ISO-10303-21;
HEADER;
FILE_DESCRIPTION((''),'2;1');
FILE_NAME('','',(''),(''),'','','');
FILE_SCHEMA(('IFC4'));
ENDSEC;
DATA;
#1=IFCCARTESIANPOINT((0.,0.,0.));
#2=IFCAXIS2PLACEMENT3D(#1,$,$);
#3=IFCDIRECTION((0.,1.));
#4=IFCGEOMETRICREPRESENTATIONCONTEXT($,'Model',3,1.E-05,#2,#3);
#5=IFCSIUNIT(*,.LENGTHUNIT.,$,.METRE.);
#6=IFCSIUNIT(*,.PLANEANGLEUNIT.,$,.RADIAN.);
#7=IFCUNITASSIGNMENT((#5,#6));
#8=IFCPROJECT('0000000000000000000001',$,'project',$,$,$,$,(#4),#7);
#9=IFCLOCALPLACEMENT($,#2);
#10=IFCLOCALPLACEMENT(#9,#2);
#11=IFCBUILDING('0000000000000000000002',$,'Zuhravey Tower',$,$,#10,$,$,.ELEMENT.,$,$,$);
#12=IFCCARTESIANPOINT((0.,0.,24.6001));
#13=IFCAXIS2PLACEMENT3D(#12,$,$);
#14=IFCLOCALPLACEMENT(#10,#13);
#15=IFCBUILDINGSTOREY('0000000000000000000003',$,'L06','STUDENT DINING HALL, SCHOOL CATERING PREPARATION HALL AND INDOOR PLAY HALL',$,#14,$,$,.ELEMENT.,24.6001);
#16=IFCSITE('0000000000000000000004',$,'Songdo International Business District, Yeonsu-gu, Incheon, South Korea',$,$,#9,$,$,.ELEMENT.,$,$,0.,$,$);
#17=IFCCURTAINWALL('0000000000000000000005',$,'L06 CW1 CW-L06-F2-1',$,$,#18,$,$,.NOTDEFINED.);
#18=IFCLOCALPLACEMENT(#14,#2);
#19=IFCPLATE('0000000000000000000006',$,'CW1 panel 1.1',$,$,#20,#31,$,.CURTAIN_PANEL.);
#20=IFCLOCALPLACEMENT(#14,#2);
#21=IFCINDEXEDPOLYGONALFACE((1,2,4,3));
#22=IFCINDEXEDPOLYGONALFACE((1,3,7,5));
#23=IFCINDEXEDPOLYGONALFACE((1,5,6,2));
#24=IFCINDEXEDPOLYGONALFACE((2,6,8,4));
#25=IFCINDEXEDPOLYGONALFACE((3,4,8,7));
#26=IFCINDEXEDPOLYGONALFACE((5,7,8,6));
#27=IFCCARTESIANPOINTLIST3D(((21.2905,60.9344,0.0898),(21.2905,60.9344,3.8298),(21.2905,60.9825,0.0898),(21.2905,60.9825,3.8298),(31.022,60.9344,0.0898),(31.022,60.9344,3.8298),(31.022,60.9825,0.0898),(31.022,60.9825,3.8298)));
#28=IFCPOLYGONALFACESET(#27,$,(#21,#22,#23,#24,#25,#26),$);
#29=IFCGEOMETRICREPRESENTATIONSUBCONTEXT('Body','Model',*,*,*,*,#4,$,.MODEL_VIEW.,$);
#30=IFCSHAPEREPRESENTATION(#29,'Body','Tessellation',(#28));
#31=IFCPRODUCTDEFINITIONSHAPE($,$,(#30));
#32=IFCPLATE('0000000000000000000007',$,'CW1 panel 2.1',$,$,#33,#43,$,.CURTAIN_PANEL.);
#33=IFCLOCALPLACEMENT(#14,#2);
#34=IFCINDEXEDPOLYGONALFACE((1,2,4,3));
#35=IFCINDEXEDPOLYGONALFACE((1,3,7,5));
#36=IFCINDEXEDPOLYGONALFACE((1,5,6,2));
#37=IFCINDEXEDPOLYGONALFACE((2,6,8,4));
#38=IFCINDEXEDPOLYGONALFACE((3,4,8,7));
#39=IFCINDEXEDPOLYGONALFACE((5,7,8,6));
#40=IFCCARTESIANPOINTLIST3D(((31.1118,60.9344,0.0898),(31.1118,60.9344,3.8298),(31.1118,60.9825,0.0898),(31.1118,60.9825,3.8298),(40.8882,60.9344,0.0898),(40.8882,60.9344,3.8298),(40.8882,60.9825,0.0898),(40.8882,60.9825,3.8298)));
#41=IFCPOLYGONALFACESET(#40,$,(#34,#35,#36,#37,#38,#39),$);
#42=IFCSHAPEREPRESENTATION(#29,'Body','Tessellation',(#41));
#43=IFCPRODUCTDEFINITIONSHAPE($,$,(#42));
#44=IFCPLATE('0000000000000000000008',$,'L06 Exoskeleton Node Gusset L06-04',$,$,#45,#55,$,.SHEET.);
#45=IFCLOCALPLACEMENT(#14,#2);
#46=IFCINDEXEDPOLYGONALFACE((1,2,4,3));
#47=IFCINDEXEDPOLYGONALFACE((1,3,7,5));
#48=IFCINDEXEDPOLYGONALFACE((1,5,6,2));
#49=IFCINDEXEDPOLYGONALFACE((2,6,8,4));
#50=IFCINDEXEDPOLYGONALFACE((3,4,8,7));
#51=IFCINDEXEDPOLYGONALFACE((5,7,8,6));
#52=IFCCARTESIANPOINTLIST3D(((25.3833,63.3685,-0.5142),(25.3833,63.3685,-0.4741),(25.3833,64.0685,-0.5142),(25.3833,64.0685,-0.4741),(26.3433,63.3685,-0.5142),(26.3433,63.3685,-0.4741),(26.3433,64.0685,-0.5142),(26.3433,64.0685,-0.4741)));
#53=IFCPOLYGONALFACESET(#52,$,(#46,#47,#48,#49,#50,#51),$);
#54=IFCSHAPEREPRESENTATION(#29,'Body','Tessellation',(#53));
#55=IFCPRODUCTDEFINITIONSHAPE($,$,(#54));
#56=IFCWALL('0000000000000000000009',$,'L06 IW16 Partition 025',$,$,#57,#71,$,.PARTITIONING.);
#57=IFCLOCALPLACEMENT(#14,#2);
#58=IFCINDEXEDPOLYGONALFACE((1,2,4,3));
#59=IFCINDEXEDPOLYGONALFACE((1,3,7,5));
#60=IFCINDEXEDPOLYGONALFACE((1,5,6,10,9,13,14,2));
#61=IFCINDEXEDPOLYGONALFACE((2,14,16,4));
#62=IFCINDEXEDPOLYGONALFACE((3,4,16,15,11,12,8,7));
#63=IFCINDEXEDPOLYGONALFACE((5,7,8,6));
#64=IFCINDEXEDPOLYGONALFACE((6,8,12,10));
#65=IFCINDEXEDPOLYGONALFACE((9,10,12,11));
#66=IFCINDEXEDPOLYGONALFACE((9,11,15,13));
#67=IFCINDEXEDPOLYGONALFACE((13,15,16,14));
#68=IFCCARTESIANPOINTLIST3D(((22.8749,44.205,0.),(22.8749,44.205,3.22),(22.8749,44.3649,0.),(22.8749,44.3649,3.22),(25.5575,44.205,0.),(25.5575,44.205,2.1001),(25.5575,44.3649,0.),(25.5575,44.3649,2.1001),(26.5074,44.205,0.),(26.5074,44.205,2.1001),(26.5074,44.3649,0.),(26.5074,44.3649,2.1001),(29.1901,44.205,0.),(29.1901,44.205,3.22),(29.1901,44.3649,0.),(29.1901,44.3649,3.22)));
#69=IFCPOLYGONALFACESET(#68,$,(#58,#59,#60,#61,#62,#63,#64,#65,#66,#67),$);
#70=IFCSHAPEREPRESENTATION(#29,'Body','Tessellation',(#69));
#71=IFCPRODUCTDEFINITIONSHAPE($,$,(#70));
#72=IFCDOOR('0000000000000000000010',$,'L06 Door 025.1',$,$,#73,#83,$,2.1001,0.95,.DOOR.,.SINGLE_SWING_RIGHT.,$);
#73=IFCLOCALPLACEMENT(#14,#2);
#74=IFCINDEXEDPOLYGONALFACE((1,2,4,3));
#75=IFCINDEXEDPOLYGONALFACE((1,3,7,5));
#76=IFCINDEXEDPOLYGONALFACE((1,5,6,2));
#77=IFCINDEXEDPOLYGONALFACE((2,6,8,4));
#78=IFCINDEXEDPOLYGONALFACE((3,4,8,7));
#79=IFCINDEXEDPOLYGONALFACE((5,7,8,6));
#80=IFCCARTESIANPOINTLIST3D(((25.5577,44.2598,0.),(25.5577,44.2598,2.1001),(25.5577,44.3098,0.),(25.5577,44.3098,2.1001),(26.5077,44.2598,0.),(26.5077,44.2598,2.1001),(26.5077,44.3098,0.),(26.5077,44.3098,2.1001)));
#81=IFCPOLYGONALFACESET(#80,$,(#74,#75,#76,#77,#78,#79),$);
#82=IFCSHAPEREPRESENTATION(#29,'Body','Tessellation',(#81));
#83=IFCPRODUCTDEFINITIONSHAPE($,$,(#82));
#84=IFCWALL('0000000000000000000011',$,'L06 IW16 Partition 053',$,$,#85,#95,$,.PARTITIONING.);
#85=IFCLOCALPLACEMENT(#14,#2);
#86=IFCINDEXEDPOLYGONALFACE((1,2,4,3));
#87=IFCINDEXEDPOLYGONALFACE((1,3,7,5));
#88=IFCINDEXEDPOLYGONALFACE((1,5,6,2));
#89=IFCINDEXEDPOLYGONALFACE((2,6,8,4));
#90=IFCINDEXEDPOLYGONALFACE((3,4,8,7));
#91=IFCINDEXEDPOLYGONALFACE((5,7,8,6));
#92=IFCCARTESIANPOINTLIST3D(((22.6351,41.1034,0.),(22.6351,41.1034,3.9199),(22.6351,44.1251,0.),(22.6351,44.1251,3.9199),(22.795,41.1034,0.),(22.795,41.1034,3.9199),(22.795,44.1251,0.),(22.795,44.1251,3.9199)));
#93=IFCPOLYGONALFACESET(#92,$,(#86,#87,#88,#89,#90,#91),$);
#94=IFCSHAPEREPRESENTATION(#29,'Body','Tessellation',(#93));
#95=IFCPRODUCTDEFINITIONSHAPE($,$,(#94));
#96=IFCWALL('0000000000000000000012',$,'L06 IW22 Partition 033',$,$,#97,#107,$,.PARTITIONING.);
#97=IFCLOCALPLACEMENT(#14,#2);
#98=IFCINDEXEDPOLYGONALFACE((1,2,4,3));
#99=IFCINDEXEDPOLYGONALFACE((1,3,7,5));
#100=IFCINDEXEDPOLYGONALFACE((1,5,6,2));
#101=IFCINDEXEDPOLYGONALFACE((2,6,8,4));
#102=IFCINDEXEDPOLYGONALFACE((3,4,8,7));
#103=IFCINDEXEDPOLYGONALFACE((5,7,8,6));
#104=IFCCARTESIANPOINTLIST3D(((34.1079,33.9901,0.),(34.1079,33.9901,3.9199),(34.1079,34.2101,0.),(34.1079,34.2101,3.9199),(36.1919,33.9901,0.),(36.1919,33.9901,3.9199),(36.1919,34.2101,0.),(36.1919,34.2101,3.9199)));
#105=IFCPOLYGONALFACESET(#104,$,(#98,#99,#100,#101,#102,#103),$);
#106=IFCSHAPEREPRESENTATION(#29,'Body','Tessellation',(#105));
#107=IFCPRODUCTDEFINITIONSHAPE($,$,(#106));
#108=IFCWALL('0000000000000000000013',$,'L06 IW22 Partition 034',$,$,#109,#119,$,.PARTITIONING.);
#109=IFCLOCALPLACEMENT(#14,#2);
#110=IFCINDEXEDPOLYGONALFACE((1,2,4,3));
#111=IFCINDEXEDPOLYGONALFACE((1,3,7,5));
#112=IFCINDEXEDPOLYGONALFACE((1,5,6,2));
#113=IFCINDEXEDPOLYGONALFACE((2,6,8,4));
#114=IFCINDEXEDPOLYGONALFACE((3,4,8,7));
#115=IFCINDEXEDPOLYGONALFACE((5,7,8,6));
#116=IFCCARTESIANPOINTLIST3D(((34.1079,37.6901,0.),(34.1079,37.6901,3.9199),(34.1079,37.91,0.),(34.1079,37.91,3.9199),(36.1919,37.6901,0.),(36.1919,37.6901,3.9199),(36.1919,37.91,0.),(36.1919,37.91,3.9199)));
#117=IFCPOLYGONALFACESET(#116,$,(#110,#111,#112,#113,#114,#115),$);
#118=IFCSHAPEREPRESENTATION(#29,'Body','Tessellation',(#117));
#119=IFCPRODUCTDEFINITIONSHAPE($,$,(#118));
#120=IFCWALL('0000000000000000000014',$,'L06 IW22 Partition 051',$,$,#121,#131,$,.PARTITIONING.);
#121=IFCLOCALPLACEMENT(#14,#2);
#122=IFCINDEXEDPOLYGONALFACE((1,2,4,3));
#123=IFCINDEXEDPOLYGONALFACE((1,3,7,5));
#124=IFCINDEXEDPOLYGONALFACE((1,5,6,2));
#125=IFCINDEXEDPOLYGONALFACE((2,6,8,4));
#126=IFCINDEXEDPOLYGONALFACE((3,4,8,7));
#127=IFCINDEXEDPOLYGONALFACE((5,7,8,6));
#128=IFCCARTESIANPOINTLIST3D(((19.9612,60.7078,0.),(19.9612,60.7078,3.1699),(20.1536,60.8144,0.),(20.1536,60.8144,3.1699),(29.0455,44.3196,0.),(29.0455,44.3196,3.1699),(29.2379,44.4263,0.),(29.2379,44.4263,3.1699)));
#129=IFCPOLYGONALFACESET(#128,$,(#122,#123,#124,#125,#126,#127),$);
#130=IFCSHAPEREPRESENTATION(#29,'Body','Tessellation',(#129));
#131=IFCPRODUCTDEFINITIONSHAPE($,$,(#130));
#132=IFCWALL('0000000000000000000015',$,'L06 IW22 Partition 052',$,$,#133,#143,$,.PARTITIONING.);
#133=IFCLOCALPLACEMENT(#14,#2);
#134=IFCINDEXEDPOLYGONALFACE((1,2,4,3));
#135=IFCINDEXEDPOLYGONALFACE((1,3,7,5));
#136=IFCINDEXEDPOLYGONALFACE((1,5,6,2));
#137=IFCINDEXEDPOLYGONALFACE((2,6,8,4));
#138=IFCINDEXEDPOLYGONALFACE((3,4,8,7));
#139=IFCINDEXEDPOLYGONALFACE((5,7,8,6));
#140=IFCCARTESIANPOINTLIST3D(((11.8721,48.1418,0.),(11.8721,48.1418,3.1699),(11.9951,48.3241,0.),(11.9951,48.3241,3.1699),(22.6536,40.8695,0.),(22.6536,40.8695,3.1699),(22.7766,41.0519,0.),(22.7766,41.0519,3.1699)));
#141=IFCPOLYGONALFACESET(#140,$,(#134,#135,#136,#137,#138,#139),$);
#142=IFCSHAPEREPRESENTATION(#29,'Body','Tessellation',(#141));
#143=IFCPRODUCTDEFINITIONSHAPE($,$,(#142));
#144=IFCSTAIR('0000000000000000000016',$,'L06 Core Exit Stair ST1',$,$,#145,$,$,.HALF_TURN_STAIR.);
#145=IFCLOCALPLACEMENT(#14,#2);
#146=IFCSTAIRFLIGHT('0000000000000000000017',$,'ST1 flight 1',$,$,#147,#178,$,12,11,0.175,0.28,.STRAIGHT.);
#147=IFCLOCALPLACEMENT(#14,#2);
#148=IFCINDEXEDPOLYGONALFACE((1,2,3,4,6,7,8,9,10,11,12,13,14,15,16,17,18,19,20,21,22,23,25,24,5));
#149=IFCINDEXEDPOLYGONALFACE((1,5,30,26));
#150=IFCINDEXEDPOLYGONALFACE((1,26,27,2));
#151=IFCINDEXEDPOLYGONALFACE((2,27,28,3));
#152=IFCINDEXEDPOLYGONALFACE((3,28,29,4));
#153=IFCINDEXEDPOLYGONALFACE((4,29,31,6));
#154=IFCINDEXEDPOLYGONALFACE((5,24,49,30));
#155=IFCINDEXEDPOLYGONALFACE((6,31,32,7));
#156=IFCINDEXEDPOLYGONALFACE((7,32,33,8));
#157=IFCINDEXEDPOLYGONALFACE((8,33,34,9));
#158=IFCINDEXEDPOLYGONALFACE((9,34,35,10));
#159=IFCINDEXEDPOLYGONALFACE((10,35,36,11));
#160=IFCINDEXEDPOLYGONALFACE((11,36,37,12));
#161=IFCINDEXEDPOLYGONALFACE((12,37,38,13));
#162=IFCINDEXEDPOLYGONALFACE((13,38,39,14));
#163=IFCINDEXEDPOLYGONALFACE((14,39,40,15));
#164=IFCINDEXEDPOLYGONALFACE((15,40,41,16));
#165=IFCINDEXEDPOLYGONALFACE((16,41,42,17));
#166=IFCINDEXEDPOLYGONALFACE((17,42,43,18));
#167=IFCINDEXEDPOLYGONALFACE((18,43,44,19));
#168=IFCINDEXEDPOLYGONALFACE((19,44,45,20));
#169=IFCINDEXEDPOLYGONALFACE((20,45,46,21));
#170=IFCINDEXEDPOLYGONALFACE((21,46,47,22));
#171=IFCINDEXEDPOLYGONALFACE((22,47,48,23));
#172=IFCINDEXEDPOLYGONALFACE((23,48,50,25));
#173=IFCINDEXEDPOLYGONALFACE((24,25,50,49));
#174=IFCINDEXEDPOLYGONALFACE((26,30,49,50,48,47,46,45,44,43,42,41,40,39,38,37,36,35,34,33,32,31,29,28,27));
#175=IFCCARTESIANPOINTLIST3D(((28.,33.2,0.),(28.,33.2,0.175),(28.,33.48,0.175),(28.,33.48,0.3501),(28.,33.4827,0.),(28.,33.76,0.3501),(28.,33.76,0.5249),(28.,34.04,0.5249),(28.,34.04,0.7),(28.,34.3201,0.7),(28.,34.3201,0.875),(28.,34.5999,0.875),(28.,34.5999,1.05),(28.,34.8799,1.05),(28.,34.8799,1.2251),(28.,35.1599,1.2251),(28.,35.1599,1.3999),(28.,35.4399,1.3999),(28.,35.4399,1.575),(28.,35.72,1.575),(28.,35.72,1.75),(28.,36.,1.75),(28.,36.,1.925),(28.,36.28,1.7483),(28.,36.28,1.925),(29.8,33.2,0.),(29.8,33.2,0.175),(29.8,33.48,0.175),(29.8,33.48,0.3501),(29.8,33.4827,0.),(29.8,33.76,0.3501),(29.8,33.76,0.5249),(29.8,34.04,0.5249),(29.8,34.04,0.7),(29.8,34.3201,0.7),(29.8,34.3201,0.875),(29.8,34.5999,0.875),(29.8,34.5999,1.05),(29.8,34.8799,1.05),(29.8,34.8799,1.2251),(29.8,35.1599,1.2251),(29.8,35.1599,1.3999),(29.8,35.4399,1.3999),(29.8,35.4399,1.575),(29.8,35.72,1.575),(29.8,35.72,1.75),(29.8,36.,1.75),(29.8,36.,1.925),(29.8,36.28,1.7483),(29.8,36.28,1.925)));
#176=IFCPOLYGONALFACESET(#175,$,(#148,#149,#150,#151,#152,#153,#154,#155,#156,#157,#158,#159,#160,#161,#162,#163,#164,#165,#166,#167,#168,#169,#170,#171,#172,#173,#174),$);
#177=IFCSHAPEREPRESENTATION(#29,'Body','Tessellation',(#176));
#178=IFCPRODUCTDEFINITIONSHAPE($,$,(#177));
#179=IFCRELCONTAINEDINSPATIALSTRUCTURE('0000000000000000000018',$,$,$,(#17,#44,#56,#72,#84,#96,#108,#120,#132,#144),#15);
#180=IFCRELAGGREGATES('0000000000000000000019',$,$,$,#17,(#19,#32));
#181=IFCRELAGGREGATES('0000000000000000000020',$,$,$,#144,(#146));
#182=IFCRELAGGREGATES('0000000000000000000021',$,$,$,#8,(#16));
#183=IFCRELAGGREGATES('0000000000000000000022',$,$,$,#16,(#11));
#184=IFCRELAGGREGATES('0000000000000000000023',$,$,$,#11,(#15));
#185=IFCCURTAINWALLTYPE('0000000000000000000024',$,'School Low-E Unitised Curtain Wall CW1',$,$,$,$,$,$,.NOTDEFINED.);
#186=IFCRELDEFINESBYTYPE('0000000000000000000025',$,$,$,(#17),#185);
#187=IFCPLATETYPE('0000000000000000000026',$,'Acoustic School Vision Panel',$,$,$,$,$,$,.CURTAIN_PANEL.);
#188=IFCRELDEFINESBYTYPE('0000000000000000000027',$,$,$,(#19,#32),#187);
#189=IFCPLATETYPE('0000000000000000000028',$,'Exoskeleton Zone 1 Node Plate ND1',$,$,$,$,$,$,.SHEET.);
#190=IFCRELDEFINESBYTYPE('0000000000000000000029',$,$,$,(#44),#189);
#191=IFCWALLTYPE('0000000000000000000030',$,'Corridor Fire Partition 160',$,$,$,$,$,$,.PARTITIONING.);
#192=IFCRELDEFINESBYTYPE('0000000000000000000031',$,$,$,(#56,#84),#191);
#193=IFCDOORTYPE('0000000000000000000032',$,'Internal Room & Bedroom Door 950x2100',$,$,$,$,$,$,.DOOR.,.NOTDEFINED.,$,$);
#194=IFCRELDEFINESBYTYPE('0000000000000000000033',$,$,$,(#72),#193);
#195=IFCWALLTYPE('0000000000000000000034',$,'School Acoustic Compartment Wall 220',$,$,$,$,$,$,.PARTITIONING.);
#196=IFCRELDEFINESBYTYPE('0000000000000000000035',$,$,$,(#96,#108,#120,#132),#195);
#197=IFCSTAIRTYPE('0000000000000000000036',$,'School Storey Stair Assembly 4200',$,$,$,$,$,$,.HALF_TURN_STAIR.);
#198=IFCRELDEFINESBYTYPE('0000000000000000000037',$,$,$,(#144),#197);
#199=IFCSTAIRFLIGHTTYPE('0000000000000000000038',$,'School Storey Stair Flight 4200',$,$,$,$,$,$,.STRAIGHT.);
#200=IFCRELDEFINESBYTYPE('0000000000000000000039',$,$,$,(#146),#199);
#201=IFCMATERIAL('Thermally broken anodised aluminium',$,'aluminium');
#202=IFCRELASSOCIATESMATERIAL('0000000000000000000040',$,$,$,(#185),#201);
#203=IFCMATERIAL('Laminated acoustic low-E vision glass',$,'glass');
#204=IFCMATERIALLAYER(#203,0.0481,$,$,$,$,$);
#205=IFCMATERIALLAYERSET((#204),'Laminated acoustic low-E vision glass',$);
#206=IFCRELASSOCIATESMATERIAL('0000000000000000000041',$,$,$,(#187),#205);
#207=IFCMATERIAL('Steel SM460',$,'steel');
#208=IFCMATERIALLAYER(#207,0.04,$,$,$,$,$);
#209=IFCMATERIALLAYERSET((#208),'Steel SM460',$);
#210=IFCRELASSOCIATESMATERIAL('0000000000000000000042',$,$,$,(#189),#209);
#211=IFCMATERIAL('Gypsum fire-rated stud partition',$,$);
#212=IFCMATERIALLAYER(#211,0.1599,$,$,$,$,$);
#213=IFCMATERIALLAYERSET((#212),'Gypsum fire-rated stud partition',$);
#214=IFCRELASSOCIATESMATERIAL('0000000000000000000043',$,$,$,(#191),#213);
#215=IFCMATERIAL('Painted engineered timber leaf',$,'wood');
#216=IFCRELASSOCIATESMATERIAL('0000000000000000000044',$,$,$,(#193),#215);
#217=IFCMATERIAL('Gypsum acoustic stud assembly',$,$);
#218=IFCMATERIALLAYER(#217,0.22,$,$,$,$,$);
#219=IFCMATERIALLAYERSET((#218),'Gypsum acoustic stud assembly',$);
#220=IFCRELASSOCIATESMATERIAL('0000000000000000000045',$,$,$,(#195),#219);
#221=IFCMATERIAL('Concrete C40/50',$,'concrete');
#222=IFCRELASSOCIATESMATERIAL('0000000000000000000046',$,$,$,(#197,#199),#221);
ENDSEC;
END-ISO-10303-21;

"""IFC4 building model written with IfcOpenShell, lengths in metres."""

from ifc_helpers import new_model, si_unit, direction, frame, frame_2d, origin, origin_2d, place, context, subcontext, project, spatial, polyline, rectangle, outline, extrude, material, layer, layer_set, type_object, element, fill, aggregate, save


model = new_model("IFC4")

# Units and contexts
model_context = context("Model", 3, precision=1e-05, world=origin(), true_north=direction((0.0, 1.0)))
body_context = subcontext(model_context, "Body", "Model", "MODEL_VIEW")
ifc_project = project(units=[si_unit("LENGTHUNIT", "METRE"), si_unit("PLANEANGLEUNIT", "RADIAN")], contexts=[model_context])

# Site, building, storey
site_placement = place(None, origin())
site = spatial("IfcSite", under=ifc_project, at=site_placement, Name="Songdo International Business District, Yeonsu-gu, Incheon, South Korea", CompositionType="ELEMENT", RefElevation=0.0)
building_placement = place(site_placement, origin())
building = spatial("IfcBuilding", under=site, at=building_placement, Name="Zuhravey Tower", CompositionType="ELEMENT")
storey_placement = place(building_placement, frame((0.0, 0.0, 24.6001)))
storey = spatial("IfcBuildingStorey", under=building, at=storey_placement, Name="L06", Description="STUDENT DINING HALL, SCHOOL CATERING PREPARATION HALL AND INDOOR PLAY HALL", CompositionType="ELEMENT", Elevation=24.6001)

# Curtain wall
ifc_material_1 = material(Name="Thermally broken anodised aluminium", Category="aluminium")
curtain_wall_type = type_object("IfcCurtainWallType", Name="School Low-E Unitised Curtain Wall CW1", PredefinedType="NOTDEFINED", material=ifc_material_1)
curtain_wall_placement = place(storey_placement, origin())
curtain_wall = element("IfcCurtainWall", 1, at=curtain_wall_placement, inside=storey, type_object=curtain_wall_type, Name="L06 CW1 CW-L06-F2-1", PredefinedType="NOTDEFINED")

# Shared definitions
ifc_material_2 = material(Name="Steel SM460", Category="steel")

# Plates
ifc_material_3 = material(Name="Laminated acoustic low-E vision glass", Category="glass")
ifc_layer_1 = layer(ifc_material_3, 0.0481)
ifc_layer_set_1 = layer_set([ifc_layer_1], Name="Laminated acoustic low-E vision glass")
plate_type_1 = type_object("IfcPlateType", Name="Acoustic School Vision Panel", PredefinedType="CURTAIN_PANEL", material=ifc_layer_set_1)
plate_1_placement = place(storey_placement, frame((26.1562, 60.9585, 0.0898), z_axis=(0.0, 0.0, 1.0), x_axis=(1.0, 0.0, 0.0)))
plate_1 = element("IfcPlate", 2, at=plate_1_placement, type_object=plate_type_1, Name="CW1 panel 1.1", PredefinedType="CURTAIN_PANEL", context=body_context, shape_type="SweptSolid", body=[
    extrude(rectangle(XDim=9.7314, YDim=0.0481, at=origin_2d()), origin(), (0.0, 0.0, 1.0), 3.74),
])
plate_2_placement = place(storey_placement, frame((36.0, 60.9585, 0.0898), z_axis=(0.0, 0.0, 1.0), x_axis=(1.0, 0.0, 0.0)))
plate_2 = element("IfcPlate", 3, at=plate_2_placement, type_object=plate_type_1, Name="CW1 panel 2.1", PredefinedType="CURTAIN_PANEL", context=body_context, shape_type="SweptSolid", body=[
    extrude(rectangle(XDim=9.7764, YDim=0.0481, at=origin_2d()), origin(), (0.0, 0.0, 1.0), 3.74),
])
aggregate(curtain_wall, [plate_1, plate_2])
ifc_layer_2 = layer(ifc_material_2, 0.04)
ifc_layer_set_2 = layer_set([ifc_layer_2], Name="Steel SM460")
plate_type_2 = type_object("IfcPlateType", Name="Exoskeleton Zone 1 Node Plate ND1", PredefinedType="SHEET", material=ifc_layer_set_2)
plate_3_placement = place(storey_placement, frame((25.8633, 63.7185, -0.5142), z_axis=(0.0, 0.0, 1.0), x_axis=(-1.0, 0.0, 0.0)))
element("IfcPlate", 4, at=plate_3_placement, inside=storey, type_object=plate_type_2, Name="L06 Exoskeleton Node Gusset L06-04", PredefinedType="SHEET", context=body_context, shape_type="SweptSolid", body=[
    extrude(rectangle(XDim=0.96, YDim=0.7, at=origin_2d()), origin(), (0.0, 0.0, 1.0), 0.04),
])

# Wall, opening, door
ifc_material_4 = material(Name="Gypsum fire-rated stud partition")
ifc_layer_3 = layer(ifc_material_4, 0.1599)
ifc_layer_set_3 = layer_set([ifc_layer_3], Name="Gypsum fire-rated stud partition")
wall_type_1 = type_object("IfcWallType", Name="Corridor Fire Partition 160", PredefinedType="PARTITIONING", material=ifc_layer_set_3)
wall_1_placement = place(storey_placement, frame((29.1902, 44.2849, 0.0), z_axis=(0.0, 0.0, 1.0), x_axis=(-1.0, 0.0, 0.0)))
wall_1 = element("IfcWall", 5, at=wall_1_placement, inside=storey, type_object=wall_type_1, Name="L06 IW16 Partition 025", PredefinedType="PARTITIONING", context=body_context, shape_type="SweptSolid", body=[
    extrude(rectangle(XDim=6.3152, YDim=0.1599, at=frame_2d((3.1577, 0.0))), origin(), (0.0, 0.0, 1.0), 3.22),
])
opening_placement = place(wall_1_placement, frame((2.6826, 0.0, 0.0)))
opening = element("IfcOpeningElement", 6, at=opening_placement, cuts=wall_1, PredefinedType="OPENING", context=body_context, shape_type="SweptSolid", body=[
    extrude(rectangle(XDim=0.95, YDim=2.1001, at=frame_2d((0.4751, 1.05))), frame((0.0, 0.092, 0.0), z_axis=(0.0, -1.0, 0.0), x_axis=(1.0, 0.0, 0.0)), (0.0, 0.0, 1.0), 0.1838),
])
ifc_material_5 = material(Name="Painted engineered timber leaf", Category="wood")
door_type = type_object("IfcDoorType", Name="Internal Room & Bedroom Door 950x2100", OperationType="NOTDEFINED", PredefinedType="DOOR", material=ifc_material_5)
door_placement = place(opening_placement, frame((0.95, 0.0, 0.0), z_axis=(0.0, 0.0, 1.0), x_axis=(-1.0, 0.0, 0.0)))
door = element("IfcDoor", 7, at=door_placement, inside=storey, type_object=door_type, Name="L06 Door 025.1", OperationType="SINGLE_SWING_RIGHT", OverallHeight=2.1001, OverallWidth=0.95, PredefinedType="DOOR", context=body_context, shape_type="SweptSolid", body=[
    extrude(rectangle(XDim=0.95, YDim=2.1001, at=frame_2d((0.4751, 1.05))), frame((0.0, 0.0249, 0.0), z_axis=(0.0, -1.0, 0.0), x_axis=(1.0, 0.0, 0.0)), (0.0, 0.0, 1.0), 0.05),
])
fill(opening, door)

# Walls
wall_2_placement = place(storey_placement, frame((22.7151, 44.125, 0.0), z_axis=(0.0, 0.0, 1.0), x_axis=(0.0, -1.0, 0.0)))
element("IfcWall", 8, at=wall_2_placement, inside=storey, type_object=wall_type_1, Name="L06 IW16 Partition 053", PredefinedType="PARTITIONING", context=body_context, shape_type="SweptSolid", body=[
    extrude(rectangle(XDim=3.0217, YDim=0.1599, at=frame_2d((1.5107, 0.0))), origin(), (0.0, 0.0, 1.0), 3.9199),
])
ifc_material_6 = material(Name="Gypsum acoustic stud assembly")
ifc_layer_4 = layer(ifc_material_6, 0.22)
ifc_layer_set_4 = layer_set([ifc_layer_4], Name="Gypsum acoustic stud assembly")
wall_type_2 = type_object("IfcWallType", Name="School Acoustic Compartment Wall 220", PredefinedType="PARTITIONING", material=ifc_layer_set_4)
for number, where, z_axis, x_axis, name in (
    (9, (34.1079, 34.1001, 0.0), (0.0, 0.0, 1.0), (1.0, 0.0, 0.0), "L06 IW22 Partition 033"),
    (10, (34.1079, 37.8, 0.0), (0.0, 0.0, 1.0), (1.0, 0.0, 0.0), "L06 IW22 Partition 034"),
):
    element("IfcWall", number, at=place(storey_placement, frame(where, z_axis=z_axis, x_axis=x_axis)), inside=storey, type_object=wall_type_2, Name=name, PredefinedType="PARTITIONING", context=body_context, shape_type="SweptSolid", body=[
        extrude(rectangle(XDim=2.084, YDim=0.22, at=frame_2d((1.042, 0.0))), origin(), (0.0, 0.0, 1.0), 3.9199),
    ])
wall_3_placement = place(storey_placement, frame((29.1416, 44.373, 0.0), z_axis=(0.0, 0.0, 1.0), x_axis=(-0.484814, 0.874617, 0.0)))
element("IfcWall", 11, at=wall_3_placement, inside=storey, type_object=wall_type_2, Name="L06 IW22 Partition 051", PredefinedType="PARTITIONING", context=body_context, shape_type="SweptSolid", body=[
    extrude(rectangle(XDim=18.7375, YDim=0.22, at=frame_2d((9.3687, 0.0))), origin(), (0.0, 0.0, 1.0), 3.1699),
])
wall_4_placement = place(storey_placement, frame((22.7151, 40.9607, 0.0), z_axis=(0.0, 0.0, 1.0), x_axis=(-0.829037, 0.559193, 0.0)))
element("IfcWall", 12, at=wall_4_placement, inside=storey, type_object=wall_type_2, Name="L06 IW22 Partition 052", PredefinedType="PARTITIONING", context=body_context, shape_type="SweptSolid", body=[
    extrude(rectangle(XDim=13.0049, YDim=0.22, at=frame_2d((6.5024, 0.0))), origin(), (0.0, 0.0, 1.0), 3.1699),
])

# Stair, stair flight
ifc_material_7 = material(Name="Concrete C40/50", Category="concrete")
stair_type = type_object("IfcStairType", Name="School Storey Stair Assembly 4200", PredefinedType="HALF_TURN_STAIR", material=ifc_material_7)
stair_1_placement = place(storey_placement, origin())
stair_1 = element("IfcStair", 13, at=stair_1_placement, inside=storey, type_object=stair_type, Name="L06 Core Exit Stair ST1", PredefinedType="HALF_TURN_STAIR")
stair_flight_type = type_object("IfcStairFlightType", Name="School Storey Stair Flight 4200", PredefinedType="STRAIGHT", material=ifc_material_7)
stair_flight_1_placement = place(storey_placement, frame((28.8999, 33.2, 0.0), z_axis=(0.0, 0.0, 1.0), x_axis=(0.0, 1.0, 0.0)))
stair_flight_1 = element("IfcStairFlight", 14, at=stair_flight_1_placement, type_object=stair_flight_type, Name="ST1 flight 1", NumberOfRisers=12, NumberOfTreads=11, PredefinedType="STRAIGHT", RiserHeight=0.175, TreadLength=0.28, context=body_context, shape_type="SweptSolid", body=[
    extrude(outline(polyline([(0.0, 0.0), (0.0, 0.175), (0.28, 0.175), (0.28, 0.3501), (0.5601, 0.3501), (0.5601, 0.5249), (0.8401, 0.5249), (0.8401, 0.7), (1.1201, 0.7), (1.1201, 0.875), (1.3999, 0.875), (1.3999, 1.05), (1.6799, 1.05), (1.6799, 1.2251), (1.96, 1.2251), (1.96, 1.3999), (2.24, 1.3999), (2.24, 1.575), (2.52, 1.575), (2.52, 1.75), (2.8, 1.75), (2.8, 1.925), (3.0801, 1.925), (3.0801, 2.1001), (3.0801, 1.7483), (0.2827, 0.0), (0.0, 0.0)])), frame((0.0, 0.8999, 0.0), z_axis=(0.0, -1.0, 0.0), x_axis=(1.0, 0.0, 0.0)), (0.0, 0.0, 1.0), 1.8),
])
aggregate(stair_1, [stair_flight_1])

save(model, "model.ifc")
